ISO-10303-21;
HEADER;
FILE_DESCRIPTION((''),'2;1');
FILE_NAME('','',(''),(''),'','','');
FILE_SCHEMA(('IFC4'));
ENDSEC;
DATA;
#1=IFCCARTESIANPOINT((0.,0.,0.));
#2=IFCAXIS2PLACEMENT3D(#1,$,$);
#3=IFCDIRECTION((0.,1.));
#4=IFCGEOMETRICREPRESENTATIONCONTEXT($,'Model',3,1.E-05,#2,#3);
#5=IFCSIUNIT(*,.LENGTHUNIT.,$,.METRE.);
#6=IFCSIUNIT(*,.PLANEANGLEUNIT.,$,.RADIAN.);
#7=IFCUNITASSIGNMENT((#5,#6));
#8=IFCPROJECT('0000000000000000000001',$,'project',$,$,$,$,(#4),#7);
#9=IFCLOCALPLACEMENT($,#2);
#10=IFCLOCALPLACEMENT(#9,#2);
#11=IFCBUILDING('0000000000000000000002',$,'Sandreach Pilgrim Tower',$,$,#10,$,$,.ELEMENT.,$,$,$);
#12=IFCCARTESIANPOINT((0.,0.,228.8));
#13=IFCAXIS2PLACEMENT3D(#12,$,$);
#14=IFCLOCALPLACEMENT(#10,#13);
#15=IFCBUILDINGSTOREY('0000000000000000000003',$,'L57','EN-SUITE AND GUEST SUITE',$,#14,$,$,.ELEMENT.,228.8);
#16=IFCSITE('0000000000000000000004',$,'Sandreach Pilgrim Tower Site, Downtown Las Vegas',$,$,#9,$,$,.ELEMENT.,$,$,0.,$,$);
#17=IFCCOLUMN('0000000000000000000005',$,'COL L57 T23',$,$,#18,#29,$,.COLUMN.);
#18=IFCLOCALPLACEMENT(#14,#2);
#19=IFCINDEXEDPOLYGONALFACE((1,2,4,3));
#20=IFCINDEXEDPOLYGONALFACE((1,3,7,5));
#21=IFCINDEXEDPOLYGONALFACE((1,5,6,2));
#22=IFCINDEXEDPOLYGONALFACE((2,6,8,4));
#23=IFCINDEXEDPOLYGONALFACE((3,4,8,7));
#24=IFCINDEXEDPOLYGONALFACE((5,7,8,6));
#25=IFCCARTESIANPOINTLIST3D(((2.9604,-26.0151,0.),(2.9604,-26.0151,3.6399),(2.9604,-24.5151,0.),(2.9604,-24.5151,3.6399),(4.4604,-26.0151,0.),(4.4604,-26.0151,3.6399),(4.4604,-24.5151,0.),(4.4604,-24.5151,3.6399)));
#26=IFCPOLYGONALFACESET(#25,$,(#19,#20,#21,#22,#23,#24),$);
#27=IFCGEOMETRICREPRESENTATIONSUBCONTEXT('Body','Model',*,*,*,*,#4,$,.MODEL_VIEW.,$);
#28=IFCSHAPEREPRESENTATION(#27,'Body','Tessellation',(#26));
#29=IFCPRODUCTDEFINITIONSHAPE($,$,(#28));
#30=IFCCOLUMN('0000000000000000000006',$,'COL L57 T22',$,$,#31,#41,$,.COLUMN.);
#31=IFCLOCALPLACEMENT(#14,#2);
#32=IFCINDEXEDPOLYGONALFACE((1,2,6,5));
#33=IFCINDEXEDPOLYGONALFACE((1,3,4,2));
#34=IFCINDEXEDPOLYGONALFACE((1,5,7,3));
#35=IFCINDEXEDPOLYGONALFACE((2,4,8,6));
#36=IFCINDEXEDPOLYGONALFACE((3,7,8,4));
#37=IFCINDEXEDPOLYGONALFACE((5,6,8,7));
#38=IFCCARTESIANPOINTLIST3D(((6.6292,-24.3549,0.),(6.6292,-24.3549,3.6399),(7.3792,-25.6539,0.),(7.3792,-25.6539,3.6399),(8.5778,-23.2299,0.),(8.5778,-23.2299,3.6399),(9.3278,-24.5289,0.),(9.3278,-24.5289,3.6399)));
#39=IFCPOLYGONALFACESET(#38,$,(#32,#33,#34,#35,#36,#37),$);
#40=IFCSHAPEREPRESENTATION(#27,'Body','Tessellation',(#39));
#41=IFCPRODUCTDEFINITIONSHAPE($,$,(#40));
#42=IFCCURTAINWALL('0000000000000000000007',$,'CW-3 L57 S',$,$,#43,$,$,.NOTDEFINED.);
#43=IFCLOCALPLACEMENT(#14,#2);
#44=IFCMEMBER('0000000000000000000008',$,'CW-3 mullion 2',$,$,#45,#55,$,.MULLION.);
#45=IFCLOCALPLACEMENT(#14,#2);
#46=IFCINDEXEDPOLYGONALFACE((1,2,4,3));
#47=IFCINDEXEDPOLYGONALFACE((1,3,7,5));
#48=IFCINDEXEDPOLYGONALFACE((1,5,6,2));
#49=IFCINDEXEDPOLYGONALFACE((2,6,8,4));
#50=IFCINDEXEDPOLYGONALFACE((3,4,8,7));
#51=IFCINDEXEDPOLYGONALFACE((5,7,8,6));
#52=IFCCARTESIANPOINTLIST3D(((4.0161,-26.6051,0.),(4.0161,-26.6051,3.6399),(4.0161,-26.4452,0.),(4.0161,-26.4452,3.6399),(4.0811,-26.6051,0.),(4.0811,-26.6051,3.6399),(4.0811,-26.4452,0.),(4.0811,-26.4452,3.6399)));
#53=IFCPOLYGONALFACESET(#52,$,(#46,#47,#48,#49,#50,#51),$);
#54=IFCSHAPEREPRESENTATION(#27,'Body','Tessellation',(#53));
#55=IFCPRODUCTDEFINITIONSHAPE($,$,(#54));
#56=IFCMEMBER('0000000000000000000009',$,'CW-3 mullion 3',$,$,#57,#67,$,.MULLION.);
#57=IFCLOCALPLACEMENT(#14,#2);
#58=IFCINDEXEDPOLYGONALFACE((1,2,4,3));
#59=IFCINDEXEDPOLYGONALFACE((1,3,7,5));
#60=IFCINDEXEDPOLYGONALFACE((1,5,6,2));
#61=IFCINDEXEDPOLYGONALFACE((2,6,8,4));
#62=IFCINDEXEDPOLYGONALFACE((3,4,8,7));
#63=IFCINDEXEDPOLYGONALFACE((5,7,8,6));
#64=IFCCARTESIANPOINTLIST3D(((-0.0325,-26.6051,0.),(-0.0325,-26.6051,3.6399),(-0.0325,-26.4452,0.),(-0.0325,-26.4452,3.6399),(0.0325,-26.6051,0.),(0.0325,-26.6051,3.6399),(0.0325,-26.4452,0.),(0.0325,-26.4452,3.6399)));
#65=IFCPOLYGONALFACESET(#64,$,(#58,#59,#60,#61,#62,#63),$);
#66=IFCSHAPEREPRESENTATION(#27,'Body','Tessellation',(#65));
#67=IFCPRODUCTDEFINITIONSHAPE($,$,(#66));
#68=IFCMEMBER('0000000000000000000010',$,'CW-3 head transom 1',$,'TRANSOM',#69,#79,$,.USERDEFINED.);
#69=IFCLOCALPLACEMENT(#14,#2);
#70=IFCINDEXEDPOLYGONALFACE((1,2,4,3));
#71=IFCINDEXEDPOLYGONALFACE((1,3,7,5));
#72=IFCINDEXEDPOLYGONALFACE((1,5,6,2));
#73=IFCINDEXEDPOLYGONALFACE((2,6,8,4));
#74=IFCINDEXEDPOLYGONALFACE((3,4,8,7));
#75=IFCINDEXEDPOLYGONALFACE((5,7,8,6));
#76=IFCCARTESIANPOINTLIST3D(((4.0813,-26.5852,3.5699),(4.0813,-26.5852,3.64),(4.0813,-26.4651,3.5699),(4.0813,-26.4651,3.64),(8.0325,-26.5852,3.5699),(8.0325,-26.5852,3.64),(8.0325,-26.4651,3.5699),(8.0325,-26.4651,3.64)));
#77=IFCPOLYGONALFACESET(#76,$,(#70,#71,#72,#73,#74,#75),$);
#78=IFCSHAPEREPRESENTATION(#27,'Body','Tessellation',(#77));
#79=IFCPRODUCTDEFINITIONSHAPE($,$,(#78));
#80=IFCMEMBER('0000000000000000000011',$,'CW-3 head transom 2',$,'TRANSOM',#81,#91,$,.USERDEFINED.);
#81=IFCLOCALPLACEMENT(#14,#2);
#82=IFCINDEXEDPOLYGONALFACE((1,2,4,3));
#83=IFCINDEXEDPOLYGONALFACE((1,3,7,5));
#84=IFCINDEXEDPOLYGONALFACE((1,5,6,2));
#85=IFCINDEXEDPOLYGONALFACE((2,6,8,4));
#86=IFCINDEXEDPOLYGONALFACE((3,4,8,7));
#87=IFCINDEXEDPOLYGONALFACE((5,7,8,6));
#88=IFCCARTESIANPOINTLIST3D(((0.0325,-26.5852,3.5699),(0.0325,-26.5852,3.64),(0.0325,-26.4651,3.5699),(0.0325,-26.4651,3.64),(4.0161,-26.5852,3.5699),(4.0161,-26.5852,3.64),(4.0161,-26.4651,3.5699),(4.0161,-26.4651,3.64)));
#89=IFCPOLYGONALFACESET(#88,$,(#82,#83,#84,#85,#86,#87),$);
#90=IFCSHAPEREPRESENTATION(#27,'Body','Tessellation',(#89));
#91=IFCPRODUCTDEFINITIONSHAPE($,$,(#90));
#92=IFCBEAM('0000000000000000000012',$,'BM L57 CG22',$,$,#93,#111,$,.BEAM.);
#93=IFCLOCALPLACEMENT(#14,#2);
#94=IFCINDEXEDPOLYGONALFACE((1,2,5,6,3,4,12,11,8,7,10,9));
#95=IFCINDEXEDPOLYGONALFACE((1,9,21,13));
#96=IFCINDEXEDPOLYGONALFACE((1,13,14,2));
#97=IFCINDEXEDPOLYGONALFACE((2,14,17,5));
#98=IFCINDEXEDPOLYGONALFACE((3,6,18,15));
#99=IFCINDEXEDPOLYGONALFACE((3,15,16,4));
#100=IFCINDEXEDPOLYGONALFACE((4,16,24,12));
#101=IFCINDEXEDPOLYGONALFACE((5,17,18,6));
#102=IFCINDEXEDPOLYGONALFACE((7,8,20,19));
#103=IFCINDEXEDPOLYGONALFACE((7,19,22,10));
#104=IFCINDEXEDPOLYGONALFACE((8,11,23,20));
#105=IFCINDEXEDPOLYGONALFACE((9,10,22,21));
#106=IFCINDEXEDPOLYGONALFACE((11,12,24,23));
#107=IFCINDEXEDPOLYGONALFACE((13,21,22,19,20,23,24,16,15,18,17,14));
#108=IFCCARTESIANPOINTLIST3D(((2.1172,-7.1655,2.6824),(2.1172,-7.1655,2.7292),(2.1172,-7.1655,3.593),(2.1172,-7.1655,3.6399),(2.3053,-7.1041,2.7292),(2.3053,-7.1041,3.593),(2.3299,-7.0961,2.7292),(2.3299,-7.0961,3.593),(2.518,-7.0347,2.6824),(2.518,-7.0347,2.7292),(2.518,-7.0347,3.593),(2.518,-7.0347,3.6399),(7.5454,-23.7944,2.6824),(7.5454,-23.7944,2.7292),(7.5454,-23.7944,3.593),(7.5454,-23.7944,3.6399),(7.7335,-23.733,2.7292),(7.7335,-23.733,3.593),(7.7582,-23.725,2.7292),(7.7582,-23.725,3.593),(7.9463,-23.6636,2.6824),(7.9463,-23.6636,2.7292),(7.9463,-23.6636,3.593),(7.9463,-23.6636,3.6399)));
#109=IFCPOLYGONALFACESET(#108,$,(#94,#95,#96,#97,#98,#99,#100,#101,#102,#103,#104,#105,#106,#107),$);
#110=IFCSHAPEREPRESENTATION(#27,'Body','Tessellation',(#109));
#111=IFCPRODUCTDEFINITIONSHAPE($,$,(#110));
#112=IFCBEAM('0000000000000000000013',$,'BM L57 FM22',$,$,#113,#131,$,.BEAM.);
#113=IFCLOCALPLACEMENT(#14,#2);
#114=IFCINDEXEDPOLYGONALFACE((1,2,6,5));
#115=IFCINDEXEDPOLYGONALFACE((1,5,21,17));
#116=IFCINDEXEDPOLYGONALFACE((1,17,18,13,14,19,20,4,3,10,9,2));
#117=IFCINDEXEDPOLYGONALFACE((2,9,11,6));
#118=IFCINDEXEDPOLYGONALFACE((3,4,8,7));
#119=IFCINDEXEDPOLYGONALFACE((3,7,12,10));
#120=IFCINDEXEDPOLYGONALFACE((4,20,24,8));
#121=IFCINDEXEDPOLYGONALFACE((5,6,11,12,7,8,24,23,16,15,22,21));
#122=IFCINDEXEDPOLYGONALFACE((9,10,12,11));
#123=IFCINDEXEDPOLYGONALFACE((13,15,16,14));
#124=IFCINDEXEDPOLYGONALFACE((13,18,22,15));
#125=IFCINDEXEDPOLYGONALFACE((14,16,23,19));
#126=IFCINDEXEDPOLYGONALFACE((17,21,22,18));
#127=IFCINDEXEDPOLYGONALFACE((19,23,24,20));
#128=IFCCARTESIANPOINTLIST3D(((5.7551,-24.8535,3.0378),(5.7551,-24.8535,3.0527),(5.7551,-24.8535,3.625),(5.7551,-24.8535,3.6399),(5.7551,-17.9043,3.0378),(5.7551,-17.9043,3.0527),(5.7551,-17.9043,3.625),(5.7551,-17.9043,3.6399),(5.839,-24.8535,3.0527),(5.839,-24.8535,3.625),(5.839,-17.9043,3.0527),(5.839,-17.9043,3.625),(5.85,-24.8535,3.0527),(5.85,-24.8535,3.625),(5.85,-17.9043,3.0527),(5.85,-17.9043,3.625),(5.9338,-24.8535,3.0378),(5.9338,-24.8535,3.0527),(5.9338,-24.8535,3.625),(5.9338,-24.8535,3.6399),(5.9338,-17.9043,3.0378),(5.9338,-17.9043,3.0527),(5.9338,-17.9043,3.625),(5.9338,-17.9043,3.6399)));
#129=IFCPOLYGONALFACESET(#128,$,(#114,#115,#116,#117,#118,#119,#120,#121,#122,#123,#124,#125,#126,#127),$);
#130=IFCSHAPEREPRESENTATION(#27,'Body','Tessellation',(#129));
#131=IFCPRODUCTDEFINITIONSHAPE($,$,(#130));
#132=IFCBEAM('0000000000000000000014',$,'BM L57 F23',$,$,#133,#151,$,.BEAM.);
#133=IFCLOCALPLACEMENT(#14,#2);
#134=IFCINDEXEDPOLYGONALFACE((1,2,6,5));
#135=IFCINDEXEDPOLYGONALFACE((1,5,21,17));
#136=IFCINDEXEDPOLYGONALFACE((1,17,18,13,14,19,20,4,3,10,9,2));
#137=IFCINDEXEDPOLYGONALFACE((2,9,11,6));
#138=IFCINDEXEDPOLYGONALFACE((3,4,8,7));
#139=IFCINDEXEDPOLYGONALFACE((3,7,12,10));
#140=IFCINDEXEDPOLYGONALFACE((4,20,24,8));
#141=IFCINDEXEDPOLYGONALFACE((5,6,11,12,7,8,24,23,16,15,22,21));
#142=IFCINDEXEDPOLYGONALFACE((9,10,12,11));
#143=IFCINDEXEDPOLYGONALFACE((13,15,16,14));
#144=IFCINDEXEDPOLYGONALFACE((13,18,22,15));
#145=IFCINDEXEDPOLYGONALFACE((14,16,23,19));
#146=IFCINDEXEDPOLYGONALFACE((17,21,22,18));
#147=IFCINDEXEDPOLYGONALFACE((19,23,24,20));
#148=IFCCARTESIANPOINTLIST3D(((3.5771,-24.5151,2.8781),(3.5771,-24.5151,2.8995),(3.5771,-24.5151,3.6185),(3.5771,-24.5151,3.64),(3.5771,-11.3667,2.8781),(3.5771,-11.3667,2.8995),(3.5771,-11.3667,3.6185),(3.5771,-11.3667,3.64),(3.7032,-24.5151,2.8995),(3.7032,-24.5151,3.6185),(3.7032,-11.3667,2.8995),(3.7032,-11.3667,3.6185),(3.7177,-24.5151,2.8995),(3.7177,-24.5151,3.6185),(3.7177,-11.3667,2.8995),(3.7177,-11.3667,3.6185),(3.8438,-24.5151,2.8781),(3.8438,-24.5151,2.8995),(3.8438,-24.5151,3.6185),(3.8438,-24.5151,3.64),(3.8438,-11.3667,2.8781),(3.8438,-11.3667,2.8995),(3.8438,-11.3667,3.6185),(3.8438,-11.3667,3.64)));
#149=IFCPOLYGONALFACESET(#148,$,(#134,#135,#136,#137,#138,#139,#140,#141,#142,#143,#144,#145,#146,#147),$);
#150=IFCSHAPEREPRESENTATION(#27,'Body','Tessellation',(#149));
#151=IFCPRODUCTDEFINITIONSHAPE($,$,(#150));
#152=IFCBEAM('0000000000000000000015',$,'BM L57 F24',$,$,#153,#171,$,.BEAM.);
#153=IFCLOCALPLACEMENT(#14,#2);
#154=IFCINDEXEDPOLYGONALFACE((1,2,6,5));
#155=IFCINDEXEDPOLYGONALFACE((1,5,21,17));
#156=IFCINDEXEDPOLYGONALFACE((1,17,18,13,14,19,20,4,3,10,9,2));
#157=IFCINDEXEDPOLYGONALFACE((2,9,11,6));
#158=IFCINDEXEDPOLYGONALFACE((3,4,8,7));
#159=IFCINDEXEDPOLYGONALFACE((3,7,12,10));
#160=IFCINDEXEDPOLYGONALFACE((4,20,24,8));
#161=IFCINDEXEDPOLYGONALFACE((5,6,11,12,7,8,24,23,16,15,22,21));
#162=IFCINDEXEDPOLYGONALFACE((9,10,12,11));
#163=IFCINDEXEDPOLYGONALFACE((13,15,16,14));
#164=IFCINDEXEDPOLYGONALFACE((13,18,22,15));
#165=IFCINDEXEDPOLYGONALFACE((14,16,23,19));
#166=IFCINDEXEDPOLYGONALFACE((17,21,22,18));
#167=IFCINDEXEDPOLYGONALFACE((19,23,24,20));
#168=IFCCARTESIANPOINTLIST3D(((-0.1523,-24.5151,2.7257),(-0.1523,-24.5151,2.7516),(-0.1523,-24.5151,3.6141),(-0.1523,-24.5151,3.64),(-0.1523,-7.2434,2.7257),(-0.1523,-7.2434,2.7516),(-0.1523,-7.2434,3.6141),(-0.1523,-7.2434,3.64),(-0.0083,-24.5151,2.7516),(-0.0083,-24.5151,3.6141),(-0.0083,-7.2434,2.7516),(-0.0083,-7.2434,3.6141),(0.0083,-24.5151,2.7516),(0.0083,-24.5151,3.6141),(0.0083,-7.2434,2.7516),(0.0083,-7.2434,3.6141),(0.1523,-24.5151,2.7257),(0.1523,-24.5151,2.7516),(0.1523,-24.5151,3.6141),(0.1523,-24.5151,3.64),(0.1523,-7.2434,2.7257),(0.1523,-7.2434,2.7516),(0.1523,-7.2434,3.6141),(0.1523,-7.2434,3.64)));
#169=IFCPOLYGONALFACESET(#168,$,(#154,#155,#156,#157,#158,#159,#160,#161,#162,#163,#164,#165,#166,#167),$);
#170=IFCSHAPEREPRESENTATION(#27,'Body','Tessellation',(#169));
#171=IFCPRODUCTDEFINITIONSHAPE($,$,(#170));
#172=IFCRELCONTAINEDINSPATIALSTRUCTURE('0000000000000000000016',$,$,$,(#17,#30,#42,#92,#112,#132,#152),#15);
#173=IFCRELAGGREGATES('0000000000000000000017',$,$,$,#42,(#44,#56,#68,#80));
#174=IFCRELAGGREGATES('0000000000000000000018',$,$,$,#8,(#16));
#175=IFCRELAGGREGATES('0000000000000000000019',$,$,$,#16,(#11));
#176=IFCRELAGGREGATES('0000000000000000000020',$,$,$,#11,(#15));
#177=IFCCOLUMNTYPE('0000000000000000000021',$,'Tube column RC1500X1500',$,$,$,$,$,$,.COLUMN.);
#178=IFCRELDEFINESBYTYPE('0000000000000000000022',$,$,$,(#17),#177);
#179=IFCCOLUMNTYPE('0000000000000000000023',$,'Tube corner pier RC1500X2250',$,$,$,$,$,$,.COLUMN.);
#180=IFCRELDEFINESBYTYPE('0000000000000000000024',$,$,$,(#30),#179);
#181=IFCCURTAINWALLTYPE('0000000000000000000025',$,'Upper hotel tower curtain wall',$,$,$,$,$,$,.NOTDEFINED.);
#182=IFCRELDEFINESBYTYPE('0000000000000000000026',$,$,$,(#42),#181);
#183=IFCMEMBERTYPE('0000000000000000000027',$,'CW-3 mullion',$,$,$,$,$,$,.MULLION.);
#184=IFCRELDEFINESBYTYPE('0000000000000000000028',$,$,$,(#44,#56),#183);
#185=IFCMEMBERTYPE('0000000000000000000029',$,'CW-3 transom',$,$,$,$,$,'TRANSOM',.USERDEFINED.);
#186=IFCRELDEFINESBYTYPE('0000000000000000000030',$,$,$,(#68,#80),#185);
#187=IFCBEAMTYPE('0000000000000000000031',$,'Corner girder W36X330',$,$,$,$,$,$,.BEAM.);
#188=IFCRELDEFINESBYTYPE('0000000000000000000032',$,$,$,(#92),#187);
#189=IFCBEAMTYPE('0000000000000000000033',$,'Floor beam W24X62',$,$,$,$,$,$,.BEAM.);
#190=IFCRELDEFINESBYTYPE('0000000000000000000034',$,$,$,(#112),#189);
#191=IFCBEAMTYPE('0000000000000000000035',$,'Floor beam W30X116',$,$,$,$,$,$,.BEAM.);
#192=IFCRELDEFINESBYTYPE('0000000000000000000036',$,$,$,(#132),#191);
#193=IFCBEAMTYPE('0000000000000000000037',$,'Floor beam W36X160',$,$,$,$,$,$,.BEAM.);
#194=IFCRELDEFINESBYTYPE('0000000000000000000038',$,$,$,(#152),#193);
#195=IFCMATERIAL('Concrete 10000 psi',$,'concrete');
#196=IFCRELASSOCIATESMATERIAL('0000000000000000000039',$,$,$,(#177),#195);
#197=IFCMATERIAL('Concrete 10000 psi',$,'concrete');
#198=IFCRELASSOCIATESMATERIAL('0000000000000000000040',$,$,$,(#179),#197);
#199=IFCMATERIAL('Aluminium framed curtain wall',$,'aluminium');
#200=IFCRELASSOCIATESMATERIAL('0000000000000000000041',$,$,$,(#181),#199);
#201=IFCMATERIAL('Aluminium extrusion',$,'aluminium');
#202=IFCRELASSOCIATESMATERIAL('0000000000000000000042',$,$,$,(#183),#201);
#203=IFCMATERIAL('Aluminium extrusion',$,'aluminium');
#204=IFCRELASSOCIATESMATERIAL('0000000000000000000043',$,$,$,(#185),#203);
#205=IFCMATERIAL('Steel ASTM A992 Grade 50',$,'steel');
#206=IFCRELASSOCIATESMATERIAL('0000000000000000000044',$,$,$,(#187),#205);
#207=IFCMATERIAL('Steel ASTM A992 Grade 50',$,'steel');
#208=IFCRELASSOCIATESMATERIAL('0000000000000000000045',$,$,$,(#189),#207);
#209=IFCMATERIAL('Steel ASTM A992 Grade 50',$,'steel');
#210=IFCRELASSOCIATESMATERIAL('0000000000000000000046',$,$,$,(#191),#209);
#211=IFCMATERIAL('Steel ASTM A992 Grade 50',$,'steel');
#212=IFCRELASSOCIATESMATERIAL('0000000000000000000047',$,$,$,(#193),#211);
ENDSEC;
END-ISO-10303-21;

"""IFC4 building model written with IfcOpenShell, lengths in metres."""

from ifc_helpers import new_model, si_unit, direction, frame, origin, origin_2d, place, context, subcontext, project, spatial, rectangle, i_section, extrude, clip, halfspace, material, material_profile, profile_set, type_object, element, aggregate, save


model = new_model("IFC4")

# Units and contexts
model_context = context("Model", 3, precision=1e-05, world=origin(), true_north=direction((0.0, 1.0)))
body_context = subcontext(model_context, "Body", "Model", "MODEL_VIEW")
ifc_project = project(units=[si_unit("LENGTHUNIT", "METRE"), si_unit("PLANEANGLEUNIT", "RADIAN")], contexts=[model_context])

# Site, building, storey
site_placement = place(None, origin())
site = spatial("IfcSite", under=ifc_project, at=site_placement, Name="Sandreach Pilgrim Tower Site, Downtown Las Vegas", CompositionType="ELEMENT", RefElevation=0.0)
building_placement = place(site_placement, origin())
building = spatial("IfcBuilding", under=site, at=building_placement, Name="Sandreach Pilgrim Tower", CompositionType="ELEMENT")
storey_placement = place(building_placement, frame((0.0, 0.0, 228.8)))
storey = spatial("IfcBuildingStorey", under=building, at=storey_placement, Name="L57", Description="EN-SUITE AND GUEST SUITE", CompositionType="ELEMENT", Elevation=228.8)

# Columns
ifc_material_1 = material(Name="Concrete 10000 psi", Category="concrete")
ifc_material_profile_1 = material_profile(ifc_material_1, rectangle(XDim=1.5, YDim=1.5, at=origin_2d()), Name="RC1500X1500")
ifc_profile_set_1 = profile_set([ifc_material_profile_1], Name="Concrete 10000 psi")
column_type_1 = type_object("IfcColumnType", Name="Tube column RC1500X1500", PredefinedType="COLUMN", material=ifc_profile_set_1)
column_1_placement = place(storey_placement, frame((3.7104, -25.2651, 0.0), z_axis=(0.0, 0.0, 1.0), x_axis=(0.0, -1.0, 0.0)))
element("IfcColumn", 1, at=column_1_placement, inside=storey, type_object=column_type_1, Name="COL L57 T23", PredefinedType="COLUMN", context=body_context, shape_type="SweptSolid", body=[
    clip(extrude(rectangle(XDim=1.5, YDim=1.5, at=origin_2d()), origin(), (0.0, 0.0, 1.0), 3.7412), halfspace(frame((0.0, 0.0, 3.6399)), False)),
])
ifc_material_2 = material(Name="Concrete 10000 psi", Category="concrete")
ifc_material_profile_2 = material_profile(ifc_material_2, rectangle(XDim=1.5, YDim=2.25, at=origin_2d()), Name="RC1500X2250")
ifc_profile_set_2 = profile_set([ifc_material_profile_2], Name="Concrete 10000 psi")
column_type_2 = type_object("IfcColumnType", Name="Tube corner pier RC1500X2250", PredefinedType="COLUMN", material=ifc_profile_set_2)
column_2_placement = place(storey_placement, frame((7.9785, -24.4419, 0.0), z_axis=(0.0, 0.0, 1.0), x_axis=(0.5, -0.866025, 0.0)))
element("IfcColumn", 2, at=column_2_placement, inside=storey, type_object=column_type_2, Name="COL L57 T22", PredefinedType="COLUMN", context=body_context, shape_type="SweptSolid", body=[
    clip(extrude(rectangle(XDim=1.5, YDim=2.25, at=origin_2d()), origin(), (0.0, 0.0, 1.0), 3.7312), halfspace(frame((0.0, 0.0, 3.6399)), False)),
])

# Curtain wall, members
ifc_material_3 = material(Name="Aluminium framed curtain wall", Category="aluminium")
curtain_wall_type = type_object("IfcCurtainWallType", Name="Upper hotel tower curtain wall", PredefinedType="NOTDEFINED", material=ifc_material_3)
curtain_wall_placement = place(storey_placement, origin())
curtain_wall = element("IfcCurtainWall", 3, at=curtain_wall_placement, inside=storey, type_object=curtain_wall_type, Name="CW-3 L57 S", PredefinedType="NOTDEFINED")
ifc_material_4 = material(Name="Aluminium extrusion", Category="aluminium")
ifc_material_profile_3 = material_profile(ifc_material_4, rectangle(XDim=0.0649, YDim=0.1599, at=origin_2d()), Name="CW-3M 65X160")
ifc_profile_set_3 = profile_set([ifc_material_profile_3], Name="Aluminium extrusion")
member_type_1 = type_object("IfcMemberType", Name="CW-3 mullion", PredefinedType="MULLION", material=ifc_profile_set_3)
member_1_placement = place(storey_placement, frame((4.0486, -26.5251, 0.0), z_axis=(0.0, 0.0, 1.0), x_axis=(-1.0, 0.0, 0.0)))
member_1 = element("IfcMember", 4, at=member_1_placement, type_object=member_type_1, Name="CW-3 mullion 2", PredefinedType="MULLION", context=body_context, shape_type="SweptSolid", body=[
    extrude(rectangle(XDim=0.0649, YDim=0.1599, at=origin_2d()), origin(), (0.0, 0.0, 1.0), 3.6399),
])
member_2_placement = place(storey_placement, frame((0.0, -26.5251, 0.0), z_axis=(0.0, 0.0, 1.0), x_axis=(-1.0, 0.0, 0.0)))
member_2 = element("IfcMember", 5, at=member_2_placement, type_object=member_type_1, Name="CW-3 mullion 3", PredefinedType="MULLION", context=body_context, shape_type="SweptSolid", body=[
    extrude(rectangle(XDim=0.0649, YDim=0.1599, at=origin_2d()), origin(), (0.0, 0.0, 1.0), 3.6399),
])
ifc_material_5 = material(Name="Aluminium extrusion", Category="aluminium")
ifc_material_profile_4 = material_profile(ifc_material_5, rectangle(XDim=0.1201, YDim=0.0701, at=origin_2d()), Name="CW-3T 120X70")
ifc_profile_set_4 = profile_set([ifc_material_profile_4], Name="Aluminium extrusion")
member_type_2 = type_object("IfcMemberType", Name="CW-3 transom", ElementType="TRANSOM", PredefinedType="USERDEFINED", material=ifc_profile_set_4)
member_3_placement = place(storey_placement, frame((8.0325, -26.5251, 3.605), z_axis=(-1.0, 0.0, 0.0), x_axis=(0.0, -1.0, 0.0)))
member_3 = element("IfcMember", 6, at=member_3_placement, type_object=member_type_2, Name="CW-3 head transom 1", ObjectType="TRANSOM", PredefinedType="USERDEFINED", context=body_context, shape_type="SweptSolid", body=[
    extrude(rectangle(XDim=0.1201, YDim=0.0701, at=origin_2d()), origin(), (0.0, 0.0, 1.0), 3.9512),
])
member_4_placement = place(storey_placement, frame((4.0161, -26.5251, 3.605), z_axis=(-1.0, 0.0, 0.0), x_axis=(0.0, -1.0, 0.0)))
member_4 = element("IfcMember", 7, at=member_4_placement, type_object=member_type_2, Name="CW-3 head transom 2", ObjectType="TRANSOM", PredefinedType="USERDEFINED", context=body_context, shape_type="SweptSolid", body=[
    extrude(rectangle(XDim=0.1201, YDim=0.0701, at=origin_2d()), origin(), (0.0, 0.0, 1.0), 3.9836),
])

# Beams
ifc_material_6 = material(Name="Steel ASTM A992 Grade 50", Category="steel")
ifc_material_profile_5 = material_profile(ifc_material_6, i_section(OverallWidth=0.4216, OverallDepth=0.9575, WebThickness=0.0259, FlangeThickness=0.0469, at=origin_2d()), Name="W36X330")
ifc_profile_set_5 = profile_set([ifc_material_profile_5], Name="Steel ASTM A992 Grade 50")
beam_type_1 = type_object("IfcBeamType", Name="Corner girder W36X330", PredefinedType="BEAM", material=ifc_profile_set_5)
beam_1_placement = place(storey_placement, frame((7.7458, -23.729, 3.1611), z_axis=(-0.310318, 0.950633, 0.0), x_axis=(-0.950633, -0.310318, 0.0)))
element("IfcBeam", 8, at=beam_1_placement, inside=storey, type_object=beam_type_1, Name="BM L57 CG22", PredefinedType="BEAM", context=body_context, shape_type="SweptSolid", body=[
    extrude(i_section(OverallWidth=0.4216, OverallDepth=0.9575, WebThickness=0.0259, FlangeThickness=0.0469, at=origin_2d()), origin(), (0.0, 0.0, 1.0), 17.4924),
])
ifc_material_7 = material(Name="Steel ASTM A992 Grade 50", Category="steel")
ifc_material_profile_6 = material_profile(ifc_material_7, i_section(OverallWidth=0.1787, OverallDepth=0.6021, WebThickness=0.011, FlangeThickness=0.0149, at=origin_2d()), Name="W24X62")
ifc_profile_set_6 = profile_set([ifc_material_profile_6], Name="Steel ASTM A992 Grade 50")
beam_type_2 = type_object("IfcBeamType", Name="Floor beam W24X62", PredefinedType="BEAM", material=ifc_profile_set_6)
beam_2_placement = place(storey_placement, frame((5.8445, -24.8535, 3.3389), z_axis=(0.0, 1.0, 0.0), x_axis=(-1.0, 0.0, 0.0)))
element("IfcBeam", 9, at=beam_2_placement, inside=storey, type_object=beam_type_2, Name="BM L57 FM22", PredefinedType="BEAM", context=body_context, shape_type="SweptSolid", body=[
    extrude(i_section(OverallWidth=0.1787, OverallDepth=0.6021, WebThickness=0.011, FlangeThickness=0.0149, at=origin_2d()), origin(), (0.0, 0.0, 1.0), 6.9492),
])
ifc_material_8 = material(Name="Steel ASTM A992 Grade 50", Category="steel")
ifc_material_profile_7 = material_profile(ifc_material_8, i_section(OverallWidth=0.2666, OverallDepth=0.762, WebThickness=0.0144, FlangeThickness=0.0215, at=origin_2d()), Name="W30X116")
ifc_profile_set_7 = profile_set([ifc_material_profile_7], Name="Steel ASTM A992 Grade 50")
beam_type_3 = type_object("IfcBeamType", Name="Floor beam W30X116", PredefinedType="BEAM", material=ifc_profile_set_7)
beam_3_placement = place(storey_placement, frame((3.7104, -24.5151, 3.259), z_axis=(0.0, 1.0, 0.0), x_axis=(-1.0, 0.0, 0.0)))
element("IfcBeam", 10, at=beam_3_placement, inside=storey, type_object=beam_type_3, Name="BM L57 F23", PredefinedType="BEAM", context=body_context, shape_type="SweptSolid", body=[
    extrude(i_section(OverallWidth=0.2666, OverallDepth=0.762, WebThickness=0.0144, FlangeThickness=0.0215, at=origin_2d()), origin(), (0.0, 0.0, 1.0), 13.1484),
])
ifc_material_9 = material(Name="Steel ASTM A992 Grade 50", Category="steel")
ifc_material_profile_8 = material_profile(ifc_material_9, i_section(OverallWidth=0.3047, OverallDepth=0.9143, WebThickness=0.0166, FlangeThickness=0.0259, at=origin_2d()), Name="W36X160")
ifc_profile_set_8 = profile_set([ifc_material_profile_8], Name="Steel ASTM A992 Grade 50")
beam_type_4 = type_object("IfcBeamType", Name="Floor beam W36X160", PredefinedType="BEAM", material=ifc_profile_set_8)
beam_4_placement = place(storey_placement, frame((0.0, -24.5151, 3.1829), z_axis=(0.0, 1.0, 0.0), x_axis=(-1.0, 0.0, 0.0)))
element("IfcBeam", 11, at=beam_4_placement, inside=storey, type_object=beam_type_4, Name="BM L57 F24", PredefinedType="BEAM", context=body_context, shape_type="SweptSolid", body=[
    extrude(i_section(OverallWidth=0.3047, OverallDepth=0.9143, WebThickness=0.0166, FlangeThickness=0.0259, at=origin_2d()), origin(), (0.0, 0.0, 1.0), 17.2717),
])

aggregate(curtain_wall, [member_1, member_2, member_3, member_4])

save(model, "model.ifc")
